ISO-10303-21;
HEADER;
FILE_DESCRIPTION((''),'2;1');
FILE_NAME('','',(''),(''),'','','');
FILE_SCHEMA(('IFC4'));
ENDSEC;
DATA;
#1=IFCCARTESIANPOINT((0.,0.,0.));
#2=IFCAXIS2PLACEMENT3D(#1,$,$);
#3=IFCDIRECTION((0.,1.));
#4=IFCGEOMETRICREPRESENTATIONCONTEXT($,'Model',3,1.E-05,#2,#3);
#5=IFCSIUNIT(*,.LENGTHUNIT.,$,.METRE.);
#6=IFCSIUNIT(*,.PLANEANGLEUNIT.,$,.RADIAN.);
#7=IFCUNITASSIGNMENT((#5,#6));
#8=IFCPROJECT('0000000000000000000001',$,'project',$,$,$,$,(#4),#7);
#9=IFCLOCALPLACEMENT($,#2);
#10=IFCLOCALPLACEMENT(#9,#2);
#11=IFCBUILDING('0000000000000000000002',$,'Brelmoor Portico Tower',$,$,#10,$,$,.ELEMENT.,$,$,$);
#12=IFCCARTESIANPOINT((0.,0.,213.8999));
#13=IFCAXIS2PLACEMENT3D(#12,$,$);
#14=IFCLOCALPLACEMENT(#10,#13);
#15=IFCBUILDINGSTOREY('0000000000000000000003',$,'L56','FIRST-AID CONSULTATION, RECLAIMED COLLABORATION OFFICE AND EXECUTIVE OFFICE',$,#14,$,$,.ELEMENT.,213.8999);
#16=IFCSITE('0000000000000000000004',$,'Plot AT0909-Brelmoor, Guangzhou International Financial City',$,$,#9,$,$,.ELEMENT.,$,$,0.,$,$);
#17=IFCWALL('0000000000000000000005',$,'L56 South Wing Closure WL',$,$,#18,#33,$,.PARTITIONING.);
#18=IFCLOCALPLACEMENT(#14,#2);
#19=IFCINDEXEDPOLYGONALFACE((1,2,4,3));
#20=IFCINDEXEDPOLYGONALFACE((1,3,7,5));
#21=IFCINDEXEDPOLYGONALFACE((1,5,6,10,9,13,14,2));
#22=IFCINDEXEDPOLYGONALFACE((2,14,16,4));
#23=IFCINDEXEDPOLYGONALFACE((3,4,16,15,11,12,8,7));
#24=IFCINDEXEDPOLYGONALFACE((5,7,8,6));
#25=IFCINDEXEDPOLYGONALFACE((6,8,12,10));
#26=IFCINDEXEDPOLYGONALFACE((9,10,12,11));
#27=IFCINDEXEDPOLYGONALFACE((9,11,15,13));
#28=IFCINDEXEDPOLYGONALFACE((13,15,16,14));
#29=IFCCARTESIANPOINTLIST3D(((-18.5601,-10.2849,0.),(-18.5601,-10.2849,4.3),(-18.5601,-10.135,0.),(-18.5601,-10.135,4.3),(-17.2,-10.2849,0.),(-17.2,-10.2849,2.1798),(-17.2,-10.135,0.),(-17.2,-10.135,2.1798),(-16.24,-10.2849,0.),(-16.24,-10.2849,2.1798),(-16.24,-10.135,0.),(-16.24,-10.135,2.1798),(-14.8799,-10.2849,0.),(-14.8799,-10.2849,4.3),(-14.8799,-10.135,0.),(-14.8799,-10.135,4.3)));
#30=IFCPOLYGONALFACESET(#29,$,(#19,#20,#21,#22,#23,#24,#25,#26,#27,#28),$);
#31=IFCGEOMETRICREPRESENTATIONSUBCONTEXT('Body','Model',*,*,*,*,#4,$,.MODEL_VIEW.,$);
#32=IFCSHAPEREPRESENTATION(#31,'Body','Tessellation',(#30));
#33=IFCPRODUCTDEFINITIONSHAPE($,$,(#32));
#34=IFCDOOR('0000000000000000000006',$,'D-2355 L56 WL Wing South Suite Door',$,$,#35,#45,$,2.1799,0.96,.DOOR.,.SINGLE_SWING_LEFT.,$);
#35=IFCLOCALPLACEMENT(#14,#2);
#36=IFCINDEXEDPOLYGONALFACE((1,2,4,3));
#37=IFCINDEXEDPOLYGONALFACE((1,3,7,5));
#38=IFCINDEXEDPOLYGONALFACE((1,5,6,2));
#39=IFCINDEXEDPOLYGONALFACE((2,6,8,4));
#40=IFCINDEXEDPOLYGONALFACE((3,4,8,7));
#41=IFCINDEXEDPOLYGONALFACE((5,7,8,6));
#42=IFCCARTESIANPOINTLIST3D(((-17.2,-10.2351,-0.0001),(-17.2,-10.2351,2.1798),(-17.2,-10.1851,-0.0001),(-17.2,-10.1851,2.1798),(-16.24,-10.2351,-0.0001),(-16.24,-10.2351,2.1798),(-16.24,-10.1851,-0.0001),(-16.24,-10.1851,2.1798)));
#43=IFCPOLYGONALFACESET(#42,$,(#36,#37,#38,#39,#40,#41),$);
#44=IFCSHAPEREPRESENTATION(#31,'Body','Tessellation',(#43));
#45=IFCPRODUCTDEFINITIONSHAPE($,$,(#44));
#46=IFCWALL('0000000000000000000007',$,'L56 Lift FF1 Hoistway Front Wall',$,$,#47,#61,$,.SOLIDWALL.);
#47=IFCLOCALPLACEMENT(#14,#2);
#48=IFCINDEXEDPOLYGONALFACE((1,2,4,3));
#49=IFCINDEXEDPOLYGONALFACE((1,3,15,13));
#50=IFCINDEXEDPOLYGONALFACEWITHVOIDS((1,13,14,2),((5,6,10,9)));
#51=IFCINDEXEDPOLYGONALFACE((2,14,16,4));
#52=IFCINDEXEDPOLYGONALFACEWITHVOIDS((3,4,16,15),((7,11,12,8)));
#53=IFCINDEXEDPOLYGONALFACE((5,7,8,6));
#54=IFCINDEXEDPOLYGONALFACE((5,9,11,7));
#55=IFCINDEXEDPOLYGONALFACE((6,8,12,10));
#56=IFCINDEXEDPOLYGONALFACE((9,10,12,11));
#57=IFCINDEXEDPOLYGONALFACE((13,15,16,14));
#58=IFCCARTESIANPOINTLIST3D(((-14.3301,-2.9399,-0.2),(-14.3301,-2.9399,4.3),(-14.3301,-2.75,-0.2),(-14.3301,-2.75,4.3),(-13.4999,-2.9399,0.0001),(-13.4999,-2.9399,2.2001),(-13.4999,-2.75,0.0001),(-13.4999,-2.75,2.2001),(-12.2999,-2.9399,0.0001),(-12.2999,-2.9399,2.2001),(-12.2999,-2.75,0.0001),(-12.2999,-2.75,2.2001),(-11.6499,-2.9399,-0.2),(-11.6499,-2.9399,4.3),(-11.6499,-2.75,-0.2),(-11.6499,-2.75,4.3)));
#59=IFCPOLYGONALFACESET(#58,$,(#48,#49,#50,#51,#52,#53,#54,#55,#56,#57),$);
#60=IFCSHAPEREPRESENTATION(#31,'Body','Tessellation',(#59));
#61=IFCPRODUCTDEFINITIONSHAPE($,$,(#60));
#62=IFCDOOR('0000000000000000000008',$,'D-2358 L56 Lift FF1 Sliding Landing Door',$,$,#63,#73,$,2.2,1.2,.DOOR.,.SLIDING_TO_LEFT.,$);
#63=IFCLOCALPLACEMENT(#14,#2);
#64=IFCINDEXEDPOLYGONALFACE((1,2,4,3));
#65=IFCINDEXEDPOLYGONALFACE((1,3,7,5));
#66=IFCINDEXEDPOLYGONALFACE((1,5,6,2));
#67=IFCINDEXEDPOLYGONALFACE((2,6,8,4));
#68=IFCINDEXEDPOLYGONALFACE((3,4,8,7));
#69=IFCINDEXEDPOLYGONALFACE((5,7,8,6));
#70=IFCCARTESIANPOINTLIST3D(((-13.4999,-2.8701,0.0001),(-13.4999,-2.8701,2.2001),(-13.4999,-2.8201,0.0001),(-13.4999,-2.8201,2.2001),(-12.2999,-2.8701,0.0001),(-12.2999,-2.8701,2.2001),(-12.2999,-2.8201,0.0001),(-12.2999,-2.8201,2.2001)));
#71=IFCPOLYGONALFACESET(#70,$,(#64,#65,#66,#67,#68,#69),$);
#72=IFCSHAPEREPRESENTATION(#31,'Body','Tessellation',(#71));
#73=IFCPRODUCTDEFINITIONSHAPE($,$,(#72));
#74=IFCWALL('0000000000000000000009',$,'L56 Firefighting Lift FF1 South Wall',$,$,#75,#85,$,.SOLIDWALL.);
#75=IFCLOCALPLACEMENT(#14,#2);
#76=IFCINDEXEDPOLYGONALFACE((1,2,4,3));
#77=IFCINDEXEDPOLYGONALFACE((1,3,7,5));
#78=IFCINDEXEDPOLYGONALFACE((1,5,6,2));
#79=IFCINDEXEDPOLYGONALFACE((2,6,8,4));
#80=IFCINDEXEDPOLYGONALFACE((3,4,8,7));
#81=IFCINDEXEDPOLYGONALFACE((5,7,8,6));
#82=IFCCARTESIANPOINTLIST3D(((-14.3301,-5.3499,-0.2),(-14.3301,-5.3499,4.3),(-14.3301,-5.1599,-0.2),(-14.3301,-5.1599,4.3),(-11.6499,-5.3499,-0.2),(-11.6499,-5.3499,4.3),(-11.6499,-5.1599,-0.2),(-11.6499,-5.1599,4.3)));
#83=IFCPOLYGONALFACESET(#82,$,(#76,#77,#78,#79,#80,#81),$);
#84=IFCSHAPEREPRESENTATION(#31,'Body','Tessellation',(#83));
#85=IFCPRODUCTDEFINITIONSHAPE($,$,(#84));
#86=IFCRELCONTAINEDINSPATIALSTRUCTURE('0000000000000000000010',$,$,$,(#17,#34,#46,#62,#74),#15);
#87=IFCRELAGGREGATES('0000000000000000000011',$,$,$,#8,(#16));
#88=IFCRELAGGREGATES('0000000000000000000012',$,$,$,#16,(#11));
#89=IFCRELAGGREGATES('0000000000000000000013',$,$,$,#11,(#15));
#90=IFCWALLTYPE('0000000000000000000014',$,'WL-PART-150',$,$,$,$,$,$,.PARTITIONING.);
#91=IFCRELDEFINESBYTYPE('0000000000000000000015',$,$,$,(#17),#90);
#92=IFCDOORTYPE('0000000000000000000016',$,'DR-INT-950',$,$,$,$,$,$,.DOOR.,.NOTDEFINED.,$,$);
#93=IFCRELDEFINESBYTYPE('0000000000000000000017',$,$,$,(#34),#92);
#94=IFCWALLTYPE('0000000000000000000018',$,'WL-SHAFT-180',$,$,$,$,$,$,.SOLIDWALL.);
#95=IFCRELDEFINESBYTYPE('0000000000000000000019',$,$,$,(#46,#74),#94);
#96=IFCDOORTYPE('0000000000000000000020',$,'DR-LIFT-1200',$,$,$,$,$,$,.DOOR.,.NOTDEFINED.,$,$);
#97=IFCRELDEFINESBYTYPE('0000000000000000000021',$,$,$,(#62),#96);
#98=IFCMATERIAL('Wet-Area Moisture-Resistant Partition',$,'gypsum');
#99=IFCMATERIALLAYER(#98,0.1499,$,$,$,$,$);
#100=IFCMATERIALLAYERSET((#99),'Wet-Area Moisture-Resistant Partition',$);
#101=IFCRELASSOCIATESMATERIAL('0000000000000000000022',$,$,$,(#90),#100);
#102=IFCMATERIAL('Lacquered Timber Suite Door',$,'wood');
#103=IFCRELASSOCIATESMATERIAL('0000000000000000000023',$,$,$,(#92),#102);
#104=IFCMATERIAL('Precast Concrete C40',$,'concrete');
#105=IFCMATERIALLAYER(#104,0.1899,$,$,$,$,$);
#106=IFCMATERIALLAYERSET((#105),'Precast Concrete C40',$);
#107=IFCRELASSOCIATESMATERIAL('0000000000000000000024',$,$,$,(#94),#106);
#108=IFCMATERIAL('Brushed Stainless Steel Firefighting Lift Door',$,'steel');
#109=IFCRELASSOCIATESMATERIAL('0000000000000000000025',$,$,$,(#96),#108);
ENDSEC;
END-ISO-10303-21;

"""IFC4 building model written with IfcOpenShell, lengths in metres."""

from ifc_helpers import new_model, si_unit, direction, frame, frame_2d, origin, place, context, subcontext, project, spatial, rectangle, extrude, material, layer, layer_set, type_object, element, fill, save


model = new_model("IFC4")

# Units and contexts
model_context = context("Model", 3, precision=1e-05, world=origin(), true_north=direction((0.0, 1.0)))
body_context = subcontext(model_context, "Body", "Model", "MODEL_VIEW")
ifc_project = project(units=[si_unit("LENGTHUNIT", "METRE"), si_unit("PLANEANGLEUNIT", "RADIAN")], contexts=[model_context])

# Site, building, storey
site_placement = place(None, origin())
site = spatial("IfcSite", under=ifc_project, at=site_placement, Name="Plot AT0909-Brelmoor, Guangzhou International Financial City", CompositionType="ELEMENT", RefElevation=0.0)
building_placement = place(site_placement, origin())
building = spatial("IfcBuilding", under=site, at=building_placement, Name="Brelmoor Portico Tower", CompositionType="ELEMENT")
storey_placement = place(building_placement, frame((0.0, 0.0, 213.8999)))
storey = spatial("IfcBuildingStorey", under=building, at=storey_placement, Name="L56", Description="FIRST-AID CONSULTATION, RECLAIMED COLLABORATION OFFICE AND EXECUTIVE OFFICE", CompositionType="ELEMENT", Elevation=213.8999)

# Walls, openings, doors
ifc_material_1 = material(Name="Wet-Area Moisture-Resistant Partition", Category="gypsum")
ifc_layer_1 = layer(ifc_material_1, 0.1499)
ifc_layer_set_1 = layer_set([ifc_layer_1], Name="Wet-Area Moisture-Resistant Partition")
wall_type_1 = type_object("IfcWallType", Name="WL-PART-150", PredefinedType="PARTITIONING", material=ifc_layer_set_1)
wall_1_placement = place(storey_placement, frame((-18.5601, -10.21, 0.0), z_axis=(0.0, 0.0, 1.0), x_axis=(1.0, 0.0, 0.0)))
wall_1 = element("IfcWall", 1, at=wall_1_placement, inside=storey, type_object=wall_type_1, Name="L56 South Wing Closure WL", PredefinedType="PARTITIONING", context=body_context, shape_type="SweptSolid", body=[
    extrude(rectangle(XDim=3.6802, YDim=0.1499, at=frame_2d((1.8401, 0.0))), origin(), (0.0, 0.0, 1.0), 4.3),
])
opening_1_placement = place(wall_1_placement, frame((1.3601, 0.0, 0.0)))
opening_1 = element("IfcOpeningElement", 2, at=opening_1_placement, cuts=wall_1, PredefinedType="OPENING", context=body_context, shape_type="SweptSolid", body=[
    extrude(rectangle(XDim=0.96, YDim=2.1799, at=frame_2d((0.48, 1.0898))), frame((0.0, 0.085, 0.0), z_axis=(0.0, -1.0, 0.0), x_axis=(1.0, 0.0, 0.0)), (0.0, 0.0, 1.0), 0.1699),
])
ifc_material_2 = material(Name="Lacquered Timber Suite Door", Category="wood")
door_type_1 = type_object("IfcDoorType", Name="DR-INT-950", OperationType="NOTDEFINED", PredefinedType="DOOR", material=ifc_material_2)
door_1_placement = place(opening_1_placement, origin())
door_1 = element("IfcDoor", 3, at=door_1_placement, inside=storey, type_object=door_type_1, Name="D-2355 L56 WL Wing South Suite Door", OperationType="SINGLE_SWING_LEFT", OverallHeight=2.1799, OverallWidth=0.96, PredefinedType="DOOR", context=body_context, shape_type="SweptSolid", body=[
    extrude(rectangle(XDim=0.96, YDim=2.1799, at=frame_2d((0.48, 1.0898))), frame((0.0, 0.0249, 0.0), z_axis=(0.0, -1.0, 0.0), x_axis=(1.0, 0.0, 0.0)), (0.0, 0.0, 1.0), 0.05),
])
fill(opening_1, door_1)
ifc_material_3 = material(Name="Precast Concrete C40", Category="concrete")
ifc_layer_2 = layer(ifc_material_3, 0.1899)
ifc_layer_set_2 = layer_set([ifc_layer_2], Name="Precast Concrete C40")
wall_type_2 = type_object("IfcWallType", Name="WL-SHAFT-180", PredefinedType="SOLIDWALL", material=ifc_layer_set_2)
wall_2_placement = place(storey_placement, frame((-14.3301, -2.845, -0.2), z_axis=(0.0, 0.0, 1.0), x_axis=(1.0, 0.0, 0.0)))
wall_2 = element("IfcWall", 4, at=wall_2_placement, inside=storey, type_object=wall_type_2, Name="L56 Lift FF1 Hoistway Front Wall", PredefinedType="SOLIDWALL", context=body_context, shape_type="SweptSolid", body=[
    extrude(rectangle(XDim=2.6802, YDim=0.1899, at=frame_2d((1.3401, 0.0))), origin(), (0.0, 0.0, 1.0), 4.5),
])
opening_2_placement = place(wall_2_placement, frame((0.8301, 0.0, 0.2)))
opening_2 = element("IfcOpeningElement", 5, at=opening_2_placement, cuts=wall_2, PredefinedType="OPENING", context=body_context, shape_type="SweptSolid", body=[
    extrude(rectangle(XDim=1.2, YDim=2.2, at=frame_2d((0.6001, 1.1001))), frame((0.0, 0.105, 0.0), z_axis=(0.0, -1.0, 0.0), x_axis=(1.0, 0.0, 0.0)), (0.0, 0.0, 1.0), 0.21),
])
ifc_material_4 = material(Name="Brushed Stainless Steel Firefighting Lift Door", Category="steel")
door_type_2 = type_object("IfcDoorType", Name="DR-LIFT-1200", OperationType="NOTDEFINED", PredefinedType="DOOR", material=ifc_material_4)
door_2_placement = place(opening_2_placement, origin())
door_2 = element("IfcDoor", 6, at=door_2_placement, inside=storey, type_object=door_type_2, Name="D-2358 L56 Lift FF1 Sliding Landing Door", OperationType="SLIDING_TO_LEFT", OverallHeight=2.2, OverallWidth=1.2, PredefinedType="DOOR", context=body_context, shape_type="SweptSolid", body=[
    extrude(rectangle(XDim=1.2, YDim=2.2, at=frame_2d((0.6001, 1.1001))), frame((0.0, 0.0249, 0.0), z_axis=(0.0, -1.0, 0.0), x_axis=(1.0, 0.0, 0.0)), (0.0, 0.0, 1.0), 0.05),
])
fill(opening_2, door_2)

# Wall
wall_3_placement = place(storey_placement, frame((-14.3301, -5.2549, -0.2), z_axis=(0.0, 0.0, 1.0), x_axis=(1.0, 0.0, 0.0)))
element("IfcWall", 7, at=wall_3_placement, inside=storey, type_object=wall_type_2, Name="L56 Firefighting Lift FF1 South Wall", PredefinedType="SOLIDWALL", context=body_context, shape_type="SweptSolid", body=[
    extrude(rectangle(XDim=2.6802, YDim=0.1899, at=frame_2d((1.3401, 0.0))), origin(), (0.0, 0.0, 1.0), 4.5),
])

save(model, "model.ifc")
